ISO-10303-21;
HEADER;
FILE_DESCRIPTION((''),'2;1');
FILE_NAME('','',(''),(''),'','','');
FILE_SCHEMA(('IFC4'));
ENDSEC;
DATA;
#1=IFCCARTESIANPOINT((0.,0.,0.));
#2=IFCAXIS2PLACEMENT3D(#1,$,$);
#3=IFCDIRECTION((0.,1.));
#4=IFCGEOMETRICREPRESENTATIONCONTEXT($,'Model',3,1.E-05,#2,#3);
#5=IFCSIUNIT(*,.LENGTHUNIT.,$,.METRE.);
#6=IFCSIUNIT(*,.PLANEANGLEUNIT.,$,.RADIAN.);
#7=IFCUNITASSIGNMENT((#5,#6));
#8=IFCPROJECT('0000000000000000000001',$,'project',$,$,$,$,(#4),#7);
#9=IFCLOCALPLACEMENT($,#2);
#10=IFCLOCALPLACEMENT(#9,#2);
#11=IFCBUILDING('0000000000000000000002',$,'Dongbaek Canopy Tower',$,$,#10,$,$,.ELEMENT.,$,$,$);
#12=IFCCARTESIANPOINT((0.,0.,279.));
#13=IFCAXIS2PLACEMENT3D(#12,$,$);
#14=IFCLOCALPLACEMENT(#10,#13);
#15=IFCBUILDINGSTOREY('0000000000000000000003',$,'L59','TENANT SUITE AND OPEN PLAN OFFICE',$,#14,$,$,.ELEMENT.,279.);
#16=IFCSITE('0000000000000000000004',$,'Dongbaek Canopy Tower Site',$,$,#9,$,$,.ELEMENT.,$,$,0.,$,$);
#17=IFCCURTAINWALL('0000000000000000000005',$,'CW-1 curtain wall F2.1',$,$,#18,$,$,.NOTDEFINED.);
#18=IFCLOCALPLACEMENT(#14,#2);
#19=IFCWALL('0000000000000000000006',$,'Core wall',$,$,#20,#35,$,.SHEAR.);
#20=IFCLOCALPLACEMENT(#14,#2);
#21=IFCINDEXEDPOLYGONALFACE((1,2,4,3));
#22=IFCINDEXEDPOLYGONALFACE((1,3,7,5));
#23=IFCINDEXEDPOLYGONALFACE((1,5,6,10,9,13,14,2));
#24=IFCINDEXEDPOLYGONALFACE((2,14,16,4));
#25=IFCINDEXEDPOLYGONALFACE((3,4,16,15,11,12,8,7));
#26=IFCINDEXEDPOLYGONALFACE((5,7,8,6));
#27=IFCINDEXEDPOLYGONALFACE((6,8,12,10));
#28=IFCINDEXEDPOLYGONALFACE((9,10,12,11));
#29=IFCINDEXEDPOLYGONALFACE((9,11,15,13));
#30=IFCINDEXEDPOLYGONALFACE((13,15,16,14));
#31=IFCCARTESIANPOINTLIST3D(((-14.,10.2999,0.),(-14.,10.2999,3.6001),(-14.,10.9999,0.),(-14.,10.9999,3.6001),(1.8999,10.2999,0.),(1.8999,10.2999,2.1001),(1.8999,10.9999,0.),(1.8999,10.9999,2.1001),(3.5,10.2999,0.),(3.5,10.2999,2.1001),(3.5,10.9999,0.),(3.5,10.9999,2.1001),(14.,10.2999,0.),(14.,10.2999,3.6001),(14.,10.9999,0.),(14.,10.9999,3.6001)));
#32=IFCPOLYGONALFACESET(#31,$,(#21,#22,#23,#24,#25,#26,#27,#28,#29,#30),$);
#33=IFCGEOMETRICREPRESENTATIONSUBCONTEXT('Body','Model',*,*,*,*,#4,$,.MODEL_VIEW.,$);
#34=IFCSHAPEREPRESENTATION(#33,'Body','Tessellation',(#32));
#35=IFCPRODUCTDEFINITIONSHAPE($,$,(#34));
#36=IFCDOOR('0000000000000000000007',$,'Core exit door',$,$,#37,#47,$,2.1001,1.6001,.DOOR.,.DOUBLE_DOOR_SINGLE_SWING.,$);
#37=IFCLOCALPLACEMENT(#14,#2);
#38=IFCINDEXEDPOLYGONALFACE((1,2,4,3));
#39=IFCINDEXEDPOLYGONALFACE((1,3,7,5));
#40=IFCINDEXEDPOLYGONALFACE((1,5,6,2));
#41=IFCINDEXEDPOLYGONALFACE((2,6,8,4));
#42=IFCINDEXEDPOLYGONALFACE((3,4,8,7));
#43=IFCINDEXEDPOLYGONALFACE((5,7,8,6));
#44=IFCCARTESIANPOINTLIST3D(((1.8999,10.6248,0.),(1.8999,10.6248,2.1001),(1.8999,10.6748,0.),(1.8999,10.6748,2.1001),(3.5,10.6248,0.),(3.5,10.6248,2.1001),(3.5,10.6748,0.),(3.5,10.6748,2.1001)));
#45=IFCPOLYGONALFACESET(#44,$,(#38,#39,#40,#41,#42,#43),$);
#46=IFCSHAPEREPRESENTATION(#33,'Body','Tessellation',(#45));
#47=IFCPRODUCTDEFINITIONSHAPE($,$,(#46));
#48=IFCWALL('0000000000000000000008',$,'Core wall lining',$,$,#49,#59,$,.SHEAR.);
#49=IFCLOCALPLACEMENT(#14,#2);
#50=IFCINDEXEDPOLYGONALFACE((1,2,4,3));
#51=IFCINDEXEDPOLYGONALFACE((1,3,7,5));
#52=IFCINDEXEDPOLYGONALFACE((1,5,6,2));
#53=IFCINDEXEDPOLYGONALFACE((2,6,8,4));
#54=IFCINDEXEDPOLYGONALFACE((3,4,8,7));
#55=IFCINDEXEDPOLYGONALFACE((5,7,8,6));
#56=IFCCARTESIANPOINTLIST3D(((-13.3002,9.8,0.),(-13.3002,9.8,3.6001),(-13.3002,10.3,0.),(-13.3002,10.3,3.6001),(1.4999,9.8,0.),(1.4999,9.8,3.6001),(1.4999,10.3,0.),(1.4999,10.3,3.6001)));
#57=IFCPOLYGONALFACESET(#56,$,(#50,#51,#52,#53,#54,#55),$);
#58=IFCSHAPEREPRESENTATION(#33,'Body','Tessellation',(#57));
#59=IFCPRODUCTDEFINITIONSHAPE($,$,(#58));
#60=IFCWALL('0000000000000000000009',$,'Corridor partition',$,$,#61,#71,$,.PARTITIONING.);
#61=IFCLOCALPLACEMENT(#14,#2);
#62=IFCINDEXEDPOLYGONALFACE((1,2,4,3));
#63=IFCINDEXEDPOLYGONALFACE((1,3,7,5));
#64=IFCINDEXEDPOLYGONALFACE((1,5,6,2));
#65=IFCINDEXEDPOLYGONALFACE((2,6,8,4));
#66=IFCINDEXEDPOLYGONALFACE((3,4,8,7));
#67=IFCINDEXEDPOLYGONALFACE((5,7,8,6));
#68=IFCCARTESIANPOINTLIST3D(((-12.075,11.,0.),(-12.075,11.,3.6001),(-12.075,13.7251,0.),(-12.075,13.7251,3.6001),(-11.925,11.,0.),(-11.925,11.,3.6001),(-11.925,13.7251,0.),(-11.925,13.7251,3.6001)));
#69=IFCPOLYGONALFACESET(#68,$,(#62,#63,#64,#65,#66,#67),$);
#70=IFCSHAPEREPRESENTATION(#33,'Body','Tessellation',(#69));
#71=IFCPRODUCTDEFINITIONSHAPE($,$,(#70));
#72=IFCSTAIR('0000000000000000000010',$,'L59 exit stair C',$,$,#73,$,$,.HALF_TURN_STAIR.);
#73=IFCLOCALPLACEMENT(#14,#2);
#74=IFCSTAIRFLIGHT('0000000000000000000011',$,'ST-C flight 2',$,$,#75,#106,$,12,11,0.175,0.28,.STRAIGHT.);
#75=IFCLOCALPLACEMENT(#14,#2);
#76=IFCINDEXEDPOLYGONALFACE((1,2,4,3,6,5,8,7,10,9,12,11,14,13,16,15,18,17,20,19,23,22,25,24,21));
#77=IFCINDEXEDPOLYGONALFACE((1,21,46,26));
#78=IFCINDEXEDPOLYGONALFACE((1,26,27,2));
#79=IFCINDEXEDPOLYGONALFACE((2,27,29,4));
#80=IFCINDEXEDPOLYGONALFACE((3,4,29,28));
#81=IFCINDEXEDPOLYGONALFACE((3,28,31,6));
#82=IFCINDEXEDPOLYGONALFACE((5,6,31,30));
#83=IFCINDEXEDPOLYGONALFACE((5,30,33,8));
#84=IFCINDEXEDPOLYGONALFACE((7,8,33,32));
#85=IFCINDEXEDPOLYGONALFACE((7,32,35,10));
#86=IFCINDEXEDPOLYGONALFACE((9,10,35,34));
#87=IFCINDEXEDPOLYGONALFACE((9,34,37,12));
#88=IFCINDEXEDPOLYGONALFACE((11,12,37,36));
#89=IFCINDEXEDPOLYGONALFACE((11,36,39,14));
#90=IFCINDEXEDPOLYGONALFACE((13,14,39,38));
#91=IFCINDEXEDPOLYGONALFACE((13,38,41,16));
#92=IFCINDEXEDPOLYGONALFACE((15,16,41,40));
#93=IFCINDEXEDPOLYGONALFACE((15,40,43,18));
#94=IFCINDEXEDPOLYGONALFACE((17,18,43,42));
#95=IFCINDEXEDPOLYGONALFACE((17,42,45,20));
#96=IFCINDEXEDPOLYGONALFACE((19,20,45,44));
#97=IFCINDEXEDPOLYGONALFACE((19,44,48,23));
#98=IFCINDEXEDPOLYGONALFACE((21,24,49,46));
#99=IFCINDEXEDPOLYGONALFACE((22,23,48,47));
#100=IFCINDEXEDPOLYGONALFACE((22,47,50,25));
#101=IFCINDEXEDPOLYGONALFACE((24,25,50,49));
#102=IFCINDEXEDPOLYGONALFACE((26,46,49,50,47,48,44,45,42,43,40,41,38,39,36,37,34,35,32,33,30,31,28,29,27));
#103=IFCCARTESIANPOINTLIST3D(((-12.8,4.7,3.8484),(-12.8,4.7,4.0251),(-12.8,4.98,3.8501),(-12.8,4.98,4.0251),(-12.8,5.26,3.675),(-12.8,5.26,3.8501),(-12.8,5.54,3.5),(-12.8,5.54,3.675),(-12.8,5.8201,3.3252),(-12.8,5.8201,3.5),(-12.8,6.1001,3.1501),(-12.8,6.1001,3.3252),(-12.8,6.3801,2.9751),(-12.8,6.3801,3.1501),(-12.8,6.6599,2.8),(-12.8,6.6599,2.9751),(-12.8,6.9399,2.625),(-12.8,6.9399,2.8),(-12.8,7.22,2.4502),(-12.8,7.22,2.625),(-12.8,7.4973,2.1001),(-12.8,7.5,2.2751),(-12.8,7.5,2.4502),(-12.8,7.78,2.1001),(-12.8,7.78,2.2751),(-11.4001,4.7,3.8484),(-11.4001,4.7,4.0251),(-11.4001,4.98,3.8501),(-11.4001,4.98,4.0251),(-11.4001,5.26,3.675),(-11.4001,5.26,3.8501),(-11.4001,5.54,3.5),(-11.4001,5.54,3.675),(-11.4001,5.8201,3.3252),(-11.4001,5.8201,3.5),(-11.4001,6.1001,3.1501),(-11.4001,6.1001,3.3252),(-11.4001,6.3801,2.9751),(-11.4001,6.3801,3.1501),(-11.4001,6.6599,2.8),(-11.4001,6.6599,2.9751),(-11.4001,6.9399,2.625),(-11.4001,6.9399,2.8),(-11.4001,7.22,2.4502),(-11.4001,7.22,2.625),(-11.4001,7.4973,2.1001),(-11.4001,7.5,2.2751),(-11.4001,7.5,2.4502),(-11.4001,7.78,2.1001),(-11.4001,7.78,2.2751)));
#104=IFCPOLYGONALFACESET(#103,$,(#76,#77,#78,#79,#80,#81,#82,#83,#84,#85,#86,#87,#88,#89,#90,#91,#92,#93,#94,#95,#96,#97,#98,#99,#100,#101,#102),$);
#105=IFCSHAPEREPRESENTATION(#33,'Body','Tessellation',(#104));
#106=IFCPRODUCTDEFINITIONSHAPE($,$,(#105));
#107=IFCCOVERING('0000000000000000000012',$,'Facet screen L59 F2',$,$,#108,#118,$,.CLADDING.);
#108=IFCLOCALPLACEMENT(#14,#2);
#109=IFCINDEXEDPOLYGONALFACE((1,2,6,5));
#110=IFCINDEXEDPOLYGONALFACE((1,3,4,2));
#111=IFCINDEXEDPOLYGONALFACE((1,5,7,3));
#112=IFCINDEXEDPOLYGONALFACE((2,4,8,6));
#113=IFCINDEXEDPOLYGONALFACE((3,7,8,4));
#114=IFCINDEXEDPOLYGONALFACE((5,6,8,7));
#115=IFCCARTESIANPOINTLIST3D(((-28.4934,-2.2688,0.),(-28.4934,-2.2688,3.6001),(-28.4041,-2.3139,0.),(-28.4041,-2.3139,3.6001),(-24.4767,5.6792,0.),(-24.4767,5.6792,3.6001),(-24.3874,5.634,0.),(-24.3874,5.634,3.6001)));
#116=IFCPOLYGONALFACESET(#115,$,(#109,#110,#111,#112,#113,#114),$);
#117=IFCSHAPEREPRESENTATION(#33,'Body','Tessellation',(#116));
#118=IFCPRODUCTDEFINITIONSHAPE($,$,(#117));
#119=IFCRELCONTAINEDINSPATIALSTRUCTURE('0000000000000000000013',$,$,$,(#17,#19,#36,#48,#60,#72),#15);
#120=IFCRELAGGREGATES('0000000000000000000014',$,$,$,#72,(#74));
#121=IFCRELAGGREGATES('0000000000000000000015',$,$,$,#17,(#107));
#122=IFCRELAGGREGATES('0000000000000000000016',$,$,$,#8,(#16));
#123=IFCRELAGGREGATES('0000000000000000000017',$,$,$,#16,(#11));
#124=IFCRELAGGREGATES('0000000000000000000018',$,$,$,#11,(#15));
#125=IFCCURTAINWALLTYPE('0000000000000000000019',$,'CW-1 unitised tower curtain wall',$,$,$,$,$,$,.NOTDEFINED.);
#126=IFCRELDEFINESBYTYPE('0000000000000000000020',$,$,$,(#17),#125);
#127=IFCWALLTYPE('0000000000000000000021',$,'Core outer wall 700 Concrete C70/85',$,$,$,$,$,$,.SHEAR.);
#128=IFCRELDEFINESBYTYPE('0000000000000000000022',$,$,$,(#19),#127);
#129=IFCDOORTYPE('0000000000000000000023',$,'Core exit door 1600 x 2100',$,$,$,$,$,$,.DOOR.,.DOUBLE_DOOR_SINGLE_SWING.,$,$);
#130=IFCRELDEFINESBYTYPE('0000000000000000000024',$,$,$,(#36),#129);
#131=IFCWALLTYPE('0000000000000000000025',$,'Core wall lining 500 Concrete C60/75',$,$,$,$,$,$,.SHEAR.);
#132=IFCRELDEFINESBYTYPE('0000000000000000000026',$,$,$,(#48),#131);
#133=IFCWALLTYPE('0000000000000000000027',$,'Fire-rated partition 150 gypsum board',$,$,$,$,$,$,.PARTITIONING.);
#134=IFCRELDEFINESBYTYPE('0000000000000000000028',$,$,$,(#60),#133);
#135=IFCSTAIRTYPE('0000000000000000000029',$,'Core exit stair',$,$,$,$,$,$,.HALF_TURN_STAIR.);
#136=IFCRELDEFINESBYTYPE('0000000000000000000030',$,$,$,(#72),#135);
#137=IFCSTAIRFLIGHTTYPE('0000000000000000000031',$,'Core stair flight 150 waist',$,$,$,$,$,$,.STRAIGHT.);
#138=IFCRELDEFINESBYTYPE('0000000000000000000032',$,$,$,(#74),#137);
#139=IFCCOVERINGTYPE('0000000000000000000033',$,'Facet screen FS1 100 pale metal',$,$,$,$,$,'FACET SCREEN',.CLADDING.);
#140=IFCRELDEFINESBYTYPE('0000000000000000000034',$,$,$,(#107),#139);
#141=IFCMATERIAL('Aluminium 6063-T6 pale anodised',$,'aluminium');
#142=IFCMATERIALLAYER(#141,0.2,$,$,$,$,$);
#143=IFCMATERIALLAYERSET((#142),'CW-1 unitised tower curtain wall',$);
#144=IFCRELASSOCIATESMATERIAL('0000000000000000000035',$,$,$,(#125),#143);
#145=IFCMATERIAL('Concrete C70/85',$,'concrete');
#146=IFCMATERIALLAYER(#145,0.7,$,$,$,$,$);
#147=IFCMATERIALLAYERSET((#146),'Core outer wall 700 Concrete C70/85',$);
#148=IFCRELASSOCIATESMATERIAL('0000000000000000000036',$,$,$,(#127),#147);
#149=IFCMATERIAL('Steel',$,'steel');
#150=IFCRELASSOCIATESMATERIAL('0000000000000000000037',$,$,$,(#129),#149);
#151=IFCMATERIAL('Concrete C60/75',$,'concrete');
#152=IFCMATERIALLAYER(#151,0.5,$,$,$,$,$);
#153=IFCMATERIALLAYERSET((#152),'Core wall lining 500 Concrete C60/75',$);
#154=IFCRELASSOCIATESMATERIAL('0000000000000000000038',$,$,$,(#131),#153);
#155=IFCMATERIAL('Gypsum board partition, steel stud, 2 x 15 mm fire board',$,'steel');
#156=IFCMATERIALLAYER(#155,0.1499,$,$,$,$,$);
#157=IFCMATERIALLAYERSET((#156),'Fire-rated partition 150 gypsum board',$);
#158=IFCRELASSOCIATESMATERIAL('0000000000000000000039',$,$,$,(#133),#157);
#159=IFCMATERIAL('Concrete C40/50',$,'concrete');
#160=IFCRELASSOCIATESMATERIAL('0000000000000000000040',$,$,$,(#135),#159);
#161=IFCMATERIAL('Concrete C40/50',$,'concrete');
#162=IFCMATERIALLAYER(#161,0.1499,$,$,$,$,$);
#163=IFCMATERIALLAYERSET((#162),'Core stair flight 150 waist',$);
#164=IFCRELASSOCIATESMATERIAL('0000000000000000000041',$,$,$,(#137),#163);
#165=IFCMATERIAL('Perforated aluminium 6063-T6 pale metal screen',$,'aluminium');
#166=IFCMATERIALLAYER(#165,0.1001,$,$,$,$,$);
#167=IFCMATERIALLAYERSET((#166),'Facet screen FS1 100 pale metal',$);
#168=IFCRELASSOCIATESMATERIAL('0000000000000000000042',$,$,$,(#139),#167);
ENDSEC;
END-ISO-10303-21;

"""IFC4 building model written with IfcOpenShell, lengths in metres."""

from ifc_helpers import new_model, si_unit, direction, frame, frame_2d, origin, origin_2d, place, context, subcontext, project, spatial, polyline, rectangle, outline, extrude, material, layer, layer_set, type_object, element, fill, aggregate, save


model = new_model("IFC4")

# Units and contexts
model_context = context("Model", 3, precision=1e-05, world=origin(), true_north=direction((0.0, 1.0)))
body_context = subcontext(model_context, "Body", "Model", "MODEL_VIEW")
ifc_project = project(units=[si_unit("LENGTHUNIT", "METRE"), si_unit("PLANEANGLEUNIT", "RADIAN")], contexts=[model_context])

# Site, building, storey
site_placement = place(None, origin())
site = spatial("IfcSite", under=ifc_project, at=site_placement, Name="Dongbaek Canopy Tower Site", CompositionType="ELEMENT", RefElevation=0.0)
building_placement = place(site_placement, origin())
building = spatial("IfcBuilding", under=site, at=building_placement, Name="Dongbaek Canopy Tower", CompositionType="ELEMENT")
storey_placement = place(building_placement, frame((0.0, 0.0, 279.0)))
storey = spatial("IfcBuildingStorey", under=building, at=storey_placement, Name="L59", Description="TENANT SUITE AND OPEN PLAN OFFICE", CompositionType="ELEMENT", Elevation=279.0)

# Curtain wall
ifc_material_1 = material(Name="Aluminium 6063-T6 pale anodised", Category="aluminium")
ifc_layer_1 = layer(ifc_material_1, 0.2)
ifc_layer_set_1 = layer_set([ifc_layer_1], Name="CW-1 unitised tower curtain wall")
curtain_wall_type = type_object("IfcCurtainWallType", Name="CW-1 unitised tower curtain wall", PredefinedType="NOTDEFINED", material=ifc_layer_set_1)
curtain_wall_placement = place(storey_placement, origin())
curtain_wall = element("IfcCurtainWall", 1, at=curtain_wall_placement, inside=storey, type_object=curtain_wall_type, Name="CW-1 curtain wall F2.1", PredefinedType="NOTDEFINED")

# Wall, opening, door
ifc_material_2 = material(Name="Concrete C70/85", Category="concrete")
ifc_layer_2 = layer(ifc_material_2, 0.7)
ifc_layer_set_2 = layer_set([ifc_layer_2], Name="Core outer wall 700 Concrete C70/85")
wall_type_1 = type_object("IfcWallType", Name="Core outer wall 700 Concrete C70/85", PredefinedType="SHEAR", material=ifc_layer_set_2)
wall_1_placement = place(storey_placement, frame((-14.0, 10.6499, 0.0), z_axis=(0.0, 0.0, 1.0), x_axis=(1.0, 0.0, 0.0)))
wall_1 = element("IfcWall", 2, at=wall_1_placement, inside=storey, type_object=wall_type_1, Name="Core wall", PredefinedType="SHEAR", context=body_context, shape_type="SweptSolid", body=[
    extrude(rectangle(XDim=28.0, YDim=0.7, at=frame_2d((14.0, 0.0))), origin(), (0.0, 0.0, 1.0), 3.6001),
])
opening_placement = place(wall_1_placement, frame((15.8999, 0.0, 0.0)))
opening = element("IfcOpeningElement", 3, at=opening_placement, cuts=wall_1, PredefinedType="OPENING", context=body_context, shape_type="SweptSolid", body=[
    extrude(rectangle(XDim=1.6001, YDim=2.1001, at=frame_2d((0.8, 1.05))), frame((0.0, 0.3599, 0.0), z_axis=(0.0, -1.0, 0.0), x_axis=(1.0, 0.0, 0.0)), (0.0, 0.0, 1.0), 0.72),
])
ifc_material_3 = material(Name="Steel", Category="steel")
door_type = type_object("IfcDoorType", Name="Core exit door 1600 x 2100", OperationType="DOUBLE_DOOR_SINGLE_SWING", PredefinedType="DOOR", material=ifc_material_3)
door_placement = place(opening_placement, origin())
door = element("IfcDoor", 4, at=door_placement, inside=storey, type_object=door_type, Name="Core exit door", OperationType="DOUBLE_DOOR_SINGLE_SWING", OverallHeight=2.1001, OverallWidth=1.6001, PredefinedType="DOOR", context=body_context, shape_type="SweptSolid", body=[
    extrude(rectangle(XDim=1.6001, YDim=2.1001, at=frame_2d((0.8, 1.05))), frame((0.0, 0.0249, 0.0), z_axis=(0.0, -1.0, 0.0), x_axis=(1.0, 0.0, 0.0)), (0.0, 0.0, 1.0), 0.05),
])
fill(opening, door)

# Walls
ifc_material_4 = material(Name="Concrete C60/75", Category="concrete")
ifc_layer_3 = layer(ifc_material_4, 0.5)
ifc_layer_set_3 = layer_set([ifc_layer_3], Name="Core wall lining 500 Concrete C60/75")
wall_type_2 = type_object("IfcWallType", Name="Core wall lining 500 Concrete C60/75", PredefinedType="SHEAR", material=ifc_layer_set_3)
wall_2_placement = place(storey_placement, frame((-13.3, 10.05, 0.0), z_axis=(0.0, 0.0, 1.0), x_axis=(1.0, 0.0, 0.0)))
element("IfcWall", 5, at=wall_2_placement, inside=storey, type_object=wall_type_2, Name="Core wall lining", PredefinedType="SHEAR", context=body_context, shape_type="SweptSolid", body=[
    extrude(rectangle(XDim=14.8, YDim=0.5, at=frame_2d((7.3999, 0.0))), origin(), (0.0, 0.0, 1.0), 3.6001),
])
ifc_material_5 = material(Name="Gypsum board partition, steel stud, 2 x 15 mm fire board", Category="steel")
ifc_layer_4 = layer(ifc_material_5, 0.1499)
ifc_layer_set_4 = layer_set([ifc_layer_4], Name="Fire-rated partition 150 gypsum board")
wall_type_3 = type_object("IfcWallType", Name="Fire-rated partition 150 gypsum board", PredefinedType="PARTITIONING", material=ifc_layer_set_4)
wall_3_placement = place(storey_placement, frame((-12.0, 11.0, 0.0), z_axis=(0.0, 0.0, 1.0), x_axis=(0.0, 1.0, 0.0)))
element("IfcWall", 6, at=wall_3_placement, inside=storey, type_object=wall_type_3, Name="Corridor partition", PredefinedType="PARTITIONING", context=body_context, shape_type="SweptSolid", body=[
    extrude(rectangle(XDim=2.7251, YDim=0.1499, at=frame_2d((1.3625, 0.0))), origin(), (0.0, 0.0, 1.0), 3.6001),
])

# Stair, stair flight
ifc_material_6 = material(Name="Concrete C40/50", Category="concrete")
stair_type = type_object("IfcStairType", Name="Core exit stair", PredefinedType="HALF_TURN_STAIR", material=ifc_material_6)
stair_placement = place(storey_placement, origin())
stair = element("IfcStair", 7, at=stair_placement, inside=storey, type_object=stair_type, Name="L59 exit stair C", PredefinedType="HALF_TURN_STAIR")
ifc_material_7 = material(Name="Concrete C40/50", Category="concrete")
ifc_layer_5 = layer(ifc_material_7, 0.1499)
ifc_layer_set_5 = layer_set([ifc_layer_5], Name="Core stair flight 150 waist")
stair_flight_type = type_object("IfcStairFlightType", Name="Core stair flight 150 waist", PredefinedType="STRAIGHT", material=ifc_layer_set_5)
stair_flight_placement = place(storey_placement, frame((-12.1001, 7.78, 2.1001), z_axis=(0.0, 0.0, 1.0), x_axis=(0.0, -1.0, 0.0)))
stair_flight = element("IfcStairFlight", 8, at=stair_flight_placement, type_object=stair_flight_type, Name="ST-C flight 2", NumberOfRisers=12, NumberOfTreads=11, PredefinedType="STRAIGHT", RiserHeight=0.175, TreadLength=0.28, context=body_context, shape_type="SweptSolid", body=[
    extrude(outline(polyline([(0.0, 0.0), (0.0, 0.175), (0.28, 0.175), (0.28, 0.3501), (0.5601, 0.3501), (0.5601, 0.5249), (0.8401, 0.5249), (0.8401, 0.7), (1.1201, 0.7), (1.1201, 0.875), (1.3999, 0.875), (1.3999, 1.05), (1.6799, 1.05), (1.6799, 1.2251), (1.96, 1.2251), (1.96, 1.3999), (2.24, 1.3999), (2.24, 1.575), (2.52, 1.575), (2.52, 1.75), (2.8, 1.75), (2.8, 1.925), (3.0801, 1.925), (3.0801, 2.1001), (3.0801, 1.7483), (0.2827, 0.0), (0.0, 0.0)])), frame((0.0, 0.7, 0.0), z_axis=(0.0, -1.0, 0.0), x_axis=(1.0, 0.0, 0.0)), (0.0, 0.0, 1.0), 1.3999),
])
aggregate(stair, [stair_flight])

# Covering
ifc_material_8 = material(Name="Perforated aluminium 6063-T6 pale metal screen", Category="aluminium")
ifc_layer_6 = layer(ifc_material_8, 0.1001)
ifc_layer_set_6 = layer_set([ifc_layer_6], Name="Facet screen FS1 100 pale metal")
covering_type = type_object("IfcCoveringType", Name="Facet screen FS1 100 pale metal", ElementType="FACET SCREEN", PredefinedType="CLADDING", material=ifc_layer_set_6)
covering_placement = place(storey_placement, frame((-26.4404, 1.6826, 0.0), z_axis=(0.0, 0.0, 1.0), x_axis=(-0.451047, -0.8925, 0.0)))
covering = element("IfcCovering", 9, at=covering_placement, type_object=covering_type, Name="Facet screen L59 F2", PredefinedType="CLADDING", context=body_context, shape_type="SweptSolid", body=[
    extrude(rectangle(XDim=8.9053, YDim=0.1001, at=origin_2d()), origin(), (0.0, 0.0, 1.0), 3.6001),
])
aggregate(curtain_wall, [covering])

save(model, "model.ifc")
